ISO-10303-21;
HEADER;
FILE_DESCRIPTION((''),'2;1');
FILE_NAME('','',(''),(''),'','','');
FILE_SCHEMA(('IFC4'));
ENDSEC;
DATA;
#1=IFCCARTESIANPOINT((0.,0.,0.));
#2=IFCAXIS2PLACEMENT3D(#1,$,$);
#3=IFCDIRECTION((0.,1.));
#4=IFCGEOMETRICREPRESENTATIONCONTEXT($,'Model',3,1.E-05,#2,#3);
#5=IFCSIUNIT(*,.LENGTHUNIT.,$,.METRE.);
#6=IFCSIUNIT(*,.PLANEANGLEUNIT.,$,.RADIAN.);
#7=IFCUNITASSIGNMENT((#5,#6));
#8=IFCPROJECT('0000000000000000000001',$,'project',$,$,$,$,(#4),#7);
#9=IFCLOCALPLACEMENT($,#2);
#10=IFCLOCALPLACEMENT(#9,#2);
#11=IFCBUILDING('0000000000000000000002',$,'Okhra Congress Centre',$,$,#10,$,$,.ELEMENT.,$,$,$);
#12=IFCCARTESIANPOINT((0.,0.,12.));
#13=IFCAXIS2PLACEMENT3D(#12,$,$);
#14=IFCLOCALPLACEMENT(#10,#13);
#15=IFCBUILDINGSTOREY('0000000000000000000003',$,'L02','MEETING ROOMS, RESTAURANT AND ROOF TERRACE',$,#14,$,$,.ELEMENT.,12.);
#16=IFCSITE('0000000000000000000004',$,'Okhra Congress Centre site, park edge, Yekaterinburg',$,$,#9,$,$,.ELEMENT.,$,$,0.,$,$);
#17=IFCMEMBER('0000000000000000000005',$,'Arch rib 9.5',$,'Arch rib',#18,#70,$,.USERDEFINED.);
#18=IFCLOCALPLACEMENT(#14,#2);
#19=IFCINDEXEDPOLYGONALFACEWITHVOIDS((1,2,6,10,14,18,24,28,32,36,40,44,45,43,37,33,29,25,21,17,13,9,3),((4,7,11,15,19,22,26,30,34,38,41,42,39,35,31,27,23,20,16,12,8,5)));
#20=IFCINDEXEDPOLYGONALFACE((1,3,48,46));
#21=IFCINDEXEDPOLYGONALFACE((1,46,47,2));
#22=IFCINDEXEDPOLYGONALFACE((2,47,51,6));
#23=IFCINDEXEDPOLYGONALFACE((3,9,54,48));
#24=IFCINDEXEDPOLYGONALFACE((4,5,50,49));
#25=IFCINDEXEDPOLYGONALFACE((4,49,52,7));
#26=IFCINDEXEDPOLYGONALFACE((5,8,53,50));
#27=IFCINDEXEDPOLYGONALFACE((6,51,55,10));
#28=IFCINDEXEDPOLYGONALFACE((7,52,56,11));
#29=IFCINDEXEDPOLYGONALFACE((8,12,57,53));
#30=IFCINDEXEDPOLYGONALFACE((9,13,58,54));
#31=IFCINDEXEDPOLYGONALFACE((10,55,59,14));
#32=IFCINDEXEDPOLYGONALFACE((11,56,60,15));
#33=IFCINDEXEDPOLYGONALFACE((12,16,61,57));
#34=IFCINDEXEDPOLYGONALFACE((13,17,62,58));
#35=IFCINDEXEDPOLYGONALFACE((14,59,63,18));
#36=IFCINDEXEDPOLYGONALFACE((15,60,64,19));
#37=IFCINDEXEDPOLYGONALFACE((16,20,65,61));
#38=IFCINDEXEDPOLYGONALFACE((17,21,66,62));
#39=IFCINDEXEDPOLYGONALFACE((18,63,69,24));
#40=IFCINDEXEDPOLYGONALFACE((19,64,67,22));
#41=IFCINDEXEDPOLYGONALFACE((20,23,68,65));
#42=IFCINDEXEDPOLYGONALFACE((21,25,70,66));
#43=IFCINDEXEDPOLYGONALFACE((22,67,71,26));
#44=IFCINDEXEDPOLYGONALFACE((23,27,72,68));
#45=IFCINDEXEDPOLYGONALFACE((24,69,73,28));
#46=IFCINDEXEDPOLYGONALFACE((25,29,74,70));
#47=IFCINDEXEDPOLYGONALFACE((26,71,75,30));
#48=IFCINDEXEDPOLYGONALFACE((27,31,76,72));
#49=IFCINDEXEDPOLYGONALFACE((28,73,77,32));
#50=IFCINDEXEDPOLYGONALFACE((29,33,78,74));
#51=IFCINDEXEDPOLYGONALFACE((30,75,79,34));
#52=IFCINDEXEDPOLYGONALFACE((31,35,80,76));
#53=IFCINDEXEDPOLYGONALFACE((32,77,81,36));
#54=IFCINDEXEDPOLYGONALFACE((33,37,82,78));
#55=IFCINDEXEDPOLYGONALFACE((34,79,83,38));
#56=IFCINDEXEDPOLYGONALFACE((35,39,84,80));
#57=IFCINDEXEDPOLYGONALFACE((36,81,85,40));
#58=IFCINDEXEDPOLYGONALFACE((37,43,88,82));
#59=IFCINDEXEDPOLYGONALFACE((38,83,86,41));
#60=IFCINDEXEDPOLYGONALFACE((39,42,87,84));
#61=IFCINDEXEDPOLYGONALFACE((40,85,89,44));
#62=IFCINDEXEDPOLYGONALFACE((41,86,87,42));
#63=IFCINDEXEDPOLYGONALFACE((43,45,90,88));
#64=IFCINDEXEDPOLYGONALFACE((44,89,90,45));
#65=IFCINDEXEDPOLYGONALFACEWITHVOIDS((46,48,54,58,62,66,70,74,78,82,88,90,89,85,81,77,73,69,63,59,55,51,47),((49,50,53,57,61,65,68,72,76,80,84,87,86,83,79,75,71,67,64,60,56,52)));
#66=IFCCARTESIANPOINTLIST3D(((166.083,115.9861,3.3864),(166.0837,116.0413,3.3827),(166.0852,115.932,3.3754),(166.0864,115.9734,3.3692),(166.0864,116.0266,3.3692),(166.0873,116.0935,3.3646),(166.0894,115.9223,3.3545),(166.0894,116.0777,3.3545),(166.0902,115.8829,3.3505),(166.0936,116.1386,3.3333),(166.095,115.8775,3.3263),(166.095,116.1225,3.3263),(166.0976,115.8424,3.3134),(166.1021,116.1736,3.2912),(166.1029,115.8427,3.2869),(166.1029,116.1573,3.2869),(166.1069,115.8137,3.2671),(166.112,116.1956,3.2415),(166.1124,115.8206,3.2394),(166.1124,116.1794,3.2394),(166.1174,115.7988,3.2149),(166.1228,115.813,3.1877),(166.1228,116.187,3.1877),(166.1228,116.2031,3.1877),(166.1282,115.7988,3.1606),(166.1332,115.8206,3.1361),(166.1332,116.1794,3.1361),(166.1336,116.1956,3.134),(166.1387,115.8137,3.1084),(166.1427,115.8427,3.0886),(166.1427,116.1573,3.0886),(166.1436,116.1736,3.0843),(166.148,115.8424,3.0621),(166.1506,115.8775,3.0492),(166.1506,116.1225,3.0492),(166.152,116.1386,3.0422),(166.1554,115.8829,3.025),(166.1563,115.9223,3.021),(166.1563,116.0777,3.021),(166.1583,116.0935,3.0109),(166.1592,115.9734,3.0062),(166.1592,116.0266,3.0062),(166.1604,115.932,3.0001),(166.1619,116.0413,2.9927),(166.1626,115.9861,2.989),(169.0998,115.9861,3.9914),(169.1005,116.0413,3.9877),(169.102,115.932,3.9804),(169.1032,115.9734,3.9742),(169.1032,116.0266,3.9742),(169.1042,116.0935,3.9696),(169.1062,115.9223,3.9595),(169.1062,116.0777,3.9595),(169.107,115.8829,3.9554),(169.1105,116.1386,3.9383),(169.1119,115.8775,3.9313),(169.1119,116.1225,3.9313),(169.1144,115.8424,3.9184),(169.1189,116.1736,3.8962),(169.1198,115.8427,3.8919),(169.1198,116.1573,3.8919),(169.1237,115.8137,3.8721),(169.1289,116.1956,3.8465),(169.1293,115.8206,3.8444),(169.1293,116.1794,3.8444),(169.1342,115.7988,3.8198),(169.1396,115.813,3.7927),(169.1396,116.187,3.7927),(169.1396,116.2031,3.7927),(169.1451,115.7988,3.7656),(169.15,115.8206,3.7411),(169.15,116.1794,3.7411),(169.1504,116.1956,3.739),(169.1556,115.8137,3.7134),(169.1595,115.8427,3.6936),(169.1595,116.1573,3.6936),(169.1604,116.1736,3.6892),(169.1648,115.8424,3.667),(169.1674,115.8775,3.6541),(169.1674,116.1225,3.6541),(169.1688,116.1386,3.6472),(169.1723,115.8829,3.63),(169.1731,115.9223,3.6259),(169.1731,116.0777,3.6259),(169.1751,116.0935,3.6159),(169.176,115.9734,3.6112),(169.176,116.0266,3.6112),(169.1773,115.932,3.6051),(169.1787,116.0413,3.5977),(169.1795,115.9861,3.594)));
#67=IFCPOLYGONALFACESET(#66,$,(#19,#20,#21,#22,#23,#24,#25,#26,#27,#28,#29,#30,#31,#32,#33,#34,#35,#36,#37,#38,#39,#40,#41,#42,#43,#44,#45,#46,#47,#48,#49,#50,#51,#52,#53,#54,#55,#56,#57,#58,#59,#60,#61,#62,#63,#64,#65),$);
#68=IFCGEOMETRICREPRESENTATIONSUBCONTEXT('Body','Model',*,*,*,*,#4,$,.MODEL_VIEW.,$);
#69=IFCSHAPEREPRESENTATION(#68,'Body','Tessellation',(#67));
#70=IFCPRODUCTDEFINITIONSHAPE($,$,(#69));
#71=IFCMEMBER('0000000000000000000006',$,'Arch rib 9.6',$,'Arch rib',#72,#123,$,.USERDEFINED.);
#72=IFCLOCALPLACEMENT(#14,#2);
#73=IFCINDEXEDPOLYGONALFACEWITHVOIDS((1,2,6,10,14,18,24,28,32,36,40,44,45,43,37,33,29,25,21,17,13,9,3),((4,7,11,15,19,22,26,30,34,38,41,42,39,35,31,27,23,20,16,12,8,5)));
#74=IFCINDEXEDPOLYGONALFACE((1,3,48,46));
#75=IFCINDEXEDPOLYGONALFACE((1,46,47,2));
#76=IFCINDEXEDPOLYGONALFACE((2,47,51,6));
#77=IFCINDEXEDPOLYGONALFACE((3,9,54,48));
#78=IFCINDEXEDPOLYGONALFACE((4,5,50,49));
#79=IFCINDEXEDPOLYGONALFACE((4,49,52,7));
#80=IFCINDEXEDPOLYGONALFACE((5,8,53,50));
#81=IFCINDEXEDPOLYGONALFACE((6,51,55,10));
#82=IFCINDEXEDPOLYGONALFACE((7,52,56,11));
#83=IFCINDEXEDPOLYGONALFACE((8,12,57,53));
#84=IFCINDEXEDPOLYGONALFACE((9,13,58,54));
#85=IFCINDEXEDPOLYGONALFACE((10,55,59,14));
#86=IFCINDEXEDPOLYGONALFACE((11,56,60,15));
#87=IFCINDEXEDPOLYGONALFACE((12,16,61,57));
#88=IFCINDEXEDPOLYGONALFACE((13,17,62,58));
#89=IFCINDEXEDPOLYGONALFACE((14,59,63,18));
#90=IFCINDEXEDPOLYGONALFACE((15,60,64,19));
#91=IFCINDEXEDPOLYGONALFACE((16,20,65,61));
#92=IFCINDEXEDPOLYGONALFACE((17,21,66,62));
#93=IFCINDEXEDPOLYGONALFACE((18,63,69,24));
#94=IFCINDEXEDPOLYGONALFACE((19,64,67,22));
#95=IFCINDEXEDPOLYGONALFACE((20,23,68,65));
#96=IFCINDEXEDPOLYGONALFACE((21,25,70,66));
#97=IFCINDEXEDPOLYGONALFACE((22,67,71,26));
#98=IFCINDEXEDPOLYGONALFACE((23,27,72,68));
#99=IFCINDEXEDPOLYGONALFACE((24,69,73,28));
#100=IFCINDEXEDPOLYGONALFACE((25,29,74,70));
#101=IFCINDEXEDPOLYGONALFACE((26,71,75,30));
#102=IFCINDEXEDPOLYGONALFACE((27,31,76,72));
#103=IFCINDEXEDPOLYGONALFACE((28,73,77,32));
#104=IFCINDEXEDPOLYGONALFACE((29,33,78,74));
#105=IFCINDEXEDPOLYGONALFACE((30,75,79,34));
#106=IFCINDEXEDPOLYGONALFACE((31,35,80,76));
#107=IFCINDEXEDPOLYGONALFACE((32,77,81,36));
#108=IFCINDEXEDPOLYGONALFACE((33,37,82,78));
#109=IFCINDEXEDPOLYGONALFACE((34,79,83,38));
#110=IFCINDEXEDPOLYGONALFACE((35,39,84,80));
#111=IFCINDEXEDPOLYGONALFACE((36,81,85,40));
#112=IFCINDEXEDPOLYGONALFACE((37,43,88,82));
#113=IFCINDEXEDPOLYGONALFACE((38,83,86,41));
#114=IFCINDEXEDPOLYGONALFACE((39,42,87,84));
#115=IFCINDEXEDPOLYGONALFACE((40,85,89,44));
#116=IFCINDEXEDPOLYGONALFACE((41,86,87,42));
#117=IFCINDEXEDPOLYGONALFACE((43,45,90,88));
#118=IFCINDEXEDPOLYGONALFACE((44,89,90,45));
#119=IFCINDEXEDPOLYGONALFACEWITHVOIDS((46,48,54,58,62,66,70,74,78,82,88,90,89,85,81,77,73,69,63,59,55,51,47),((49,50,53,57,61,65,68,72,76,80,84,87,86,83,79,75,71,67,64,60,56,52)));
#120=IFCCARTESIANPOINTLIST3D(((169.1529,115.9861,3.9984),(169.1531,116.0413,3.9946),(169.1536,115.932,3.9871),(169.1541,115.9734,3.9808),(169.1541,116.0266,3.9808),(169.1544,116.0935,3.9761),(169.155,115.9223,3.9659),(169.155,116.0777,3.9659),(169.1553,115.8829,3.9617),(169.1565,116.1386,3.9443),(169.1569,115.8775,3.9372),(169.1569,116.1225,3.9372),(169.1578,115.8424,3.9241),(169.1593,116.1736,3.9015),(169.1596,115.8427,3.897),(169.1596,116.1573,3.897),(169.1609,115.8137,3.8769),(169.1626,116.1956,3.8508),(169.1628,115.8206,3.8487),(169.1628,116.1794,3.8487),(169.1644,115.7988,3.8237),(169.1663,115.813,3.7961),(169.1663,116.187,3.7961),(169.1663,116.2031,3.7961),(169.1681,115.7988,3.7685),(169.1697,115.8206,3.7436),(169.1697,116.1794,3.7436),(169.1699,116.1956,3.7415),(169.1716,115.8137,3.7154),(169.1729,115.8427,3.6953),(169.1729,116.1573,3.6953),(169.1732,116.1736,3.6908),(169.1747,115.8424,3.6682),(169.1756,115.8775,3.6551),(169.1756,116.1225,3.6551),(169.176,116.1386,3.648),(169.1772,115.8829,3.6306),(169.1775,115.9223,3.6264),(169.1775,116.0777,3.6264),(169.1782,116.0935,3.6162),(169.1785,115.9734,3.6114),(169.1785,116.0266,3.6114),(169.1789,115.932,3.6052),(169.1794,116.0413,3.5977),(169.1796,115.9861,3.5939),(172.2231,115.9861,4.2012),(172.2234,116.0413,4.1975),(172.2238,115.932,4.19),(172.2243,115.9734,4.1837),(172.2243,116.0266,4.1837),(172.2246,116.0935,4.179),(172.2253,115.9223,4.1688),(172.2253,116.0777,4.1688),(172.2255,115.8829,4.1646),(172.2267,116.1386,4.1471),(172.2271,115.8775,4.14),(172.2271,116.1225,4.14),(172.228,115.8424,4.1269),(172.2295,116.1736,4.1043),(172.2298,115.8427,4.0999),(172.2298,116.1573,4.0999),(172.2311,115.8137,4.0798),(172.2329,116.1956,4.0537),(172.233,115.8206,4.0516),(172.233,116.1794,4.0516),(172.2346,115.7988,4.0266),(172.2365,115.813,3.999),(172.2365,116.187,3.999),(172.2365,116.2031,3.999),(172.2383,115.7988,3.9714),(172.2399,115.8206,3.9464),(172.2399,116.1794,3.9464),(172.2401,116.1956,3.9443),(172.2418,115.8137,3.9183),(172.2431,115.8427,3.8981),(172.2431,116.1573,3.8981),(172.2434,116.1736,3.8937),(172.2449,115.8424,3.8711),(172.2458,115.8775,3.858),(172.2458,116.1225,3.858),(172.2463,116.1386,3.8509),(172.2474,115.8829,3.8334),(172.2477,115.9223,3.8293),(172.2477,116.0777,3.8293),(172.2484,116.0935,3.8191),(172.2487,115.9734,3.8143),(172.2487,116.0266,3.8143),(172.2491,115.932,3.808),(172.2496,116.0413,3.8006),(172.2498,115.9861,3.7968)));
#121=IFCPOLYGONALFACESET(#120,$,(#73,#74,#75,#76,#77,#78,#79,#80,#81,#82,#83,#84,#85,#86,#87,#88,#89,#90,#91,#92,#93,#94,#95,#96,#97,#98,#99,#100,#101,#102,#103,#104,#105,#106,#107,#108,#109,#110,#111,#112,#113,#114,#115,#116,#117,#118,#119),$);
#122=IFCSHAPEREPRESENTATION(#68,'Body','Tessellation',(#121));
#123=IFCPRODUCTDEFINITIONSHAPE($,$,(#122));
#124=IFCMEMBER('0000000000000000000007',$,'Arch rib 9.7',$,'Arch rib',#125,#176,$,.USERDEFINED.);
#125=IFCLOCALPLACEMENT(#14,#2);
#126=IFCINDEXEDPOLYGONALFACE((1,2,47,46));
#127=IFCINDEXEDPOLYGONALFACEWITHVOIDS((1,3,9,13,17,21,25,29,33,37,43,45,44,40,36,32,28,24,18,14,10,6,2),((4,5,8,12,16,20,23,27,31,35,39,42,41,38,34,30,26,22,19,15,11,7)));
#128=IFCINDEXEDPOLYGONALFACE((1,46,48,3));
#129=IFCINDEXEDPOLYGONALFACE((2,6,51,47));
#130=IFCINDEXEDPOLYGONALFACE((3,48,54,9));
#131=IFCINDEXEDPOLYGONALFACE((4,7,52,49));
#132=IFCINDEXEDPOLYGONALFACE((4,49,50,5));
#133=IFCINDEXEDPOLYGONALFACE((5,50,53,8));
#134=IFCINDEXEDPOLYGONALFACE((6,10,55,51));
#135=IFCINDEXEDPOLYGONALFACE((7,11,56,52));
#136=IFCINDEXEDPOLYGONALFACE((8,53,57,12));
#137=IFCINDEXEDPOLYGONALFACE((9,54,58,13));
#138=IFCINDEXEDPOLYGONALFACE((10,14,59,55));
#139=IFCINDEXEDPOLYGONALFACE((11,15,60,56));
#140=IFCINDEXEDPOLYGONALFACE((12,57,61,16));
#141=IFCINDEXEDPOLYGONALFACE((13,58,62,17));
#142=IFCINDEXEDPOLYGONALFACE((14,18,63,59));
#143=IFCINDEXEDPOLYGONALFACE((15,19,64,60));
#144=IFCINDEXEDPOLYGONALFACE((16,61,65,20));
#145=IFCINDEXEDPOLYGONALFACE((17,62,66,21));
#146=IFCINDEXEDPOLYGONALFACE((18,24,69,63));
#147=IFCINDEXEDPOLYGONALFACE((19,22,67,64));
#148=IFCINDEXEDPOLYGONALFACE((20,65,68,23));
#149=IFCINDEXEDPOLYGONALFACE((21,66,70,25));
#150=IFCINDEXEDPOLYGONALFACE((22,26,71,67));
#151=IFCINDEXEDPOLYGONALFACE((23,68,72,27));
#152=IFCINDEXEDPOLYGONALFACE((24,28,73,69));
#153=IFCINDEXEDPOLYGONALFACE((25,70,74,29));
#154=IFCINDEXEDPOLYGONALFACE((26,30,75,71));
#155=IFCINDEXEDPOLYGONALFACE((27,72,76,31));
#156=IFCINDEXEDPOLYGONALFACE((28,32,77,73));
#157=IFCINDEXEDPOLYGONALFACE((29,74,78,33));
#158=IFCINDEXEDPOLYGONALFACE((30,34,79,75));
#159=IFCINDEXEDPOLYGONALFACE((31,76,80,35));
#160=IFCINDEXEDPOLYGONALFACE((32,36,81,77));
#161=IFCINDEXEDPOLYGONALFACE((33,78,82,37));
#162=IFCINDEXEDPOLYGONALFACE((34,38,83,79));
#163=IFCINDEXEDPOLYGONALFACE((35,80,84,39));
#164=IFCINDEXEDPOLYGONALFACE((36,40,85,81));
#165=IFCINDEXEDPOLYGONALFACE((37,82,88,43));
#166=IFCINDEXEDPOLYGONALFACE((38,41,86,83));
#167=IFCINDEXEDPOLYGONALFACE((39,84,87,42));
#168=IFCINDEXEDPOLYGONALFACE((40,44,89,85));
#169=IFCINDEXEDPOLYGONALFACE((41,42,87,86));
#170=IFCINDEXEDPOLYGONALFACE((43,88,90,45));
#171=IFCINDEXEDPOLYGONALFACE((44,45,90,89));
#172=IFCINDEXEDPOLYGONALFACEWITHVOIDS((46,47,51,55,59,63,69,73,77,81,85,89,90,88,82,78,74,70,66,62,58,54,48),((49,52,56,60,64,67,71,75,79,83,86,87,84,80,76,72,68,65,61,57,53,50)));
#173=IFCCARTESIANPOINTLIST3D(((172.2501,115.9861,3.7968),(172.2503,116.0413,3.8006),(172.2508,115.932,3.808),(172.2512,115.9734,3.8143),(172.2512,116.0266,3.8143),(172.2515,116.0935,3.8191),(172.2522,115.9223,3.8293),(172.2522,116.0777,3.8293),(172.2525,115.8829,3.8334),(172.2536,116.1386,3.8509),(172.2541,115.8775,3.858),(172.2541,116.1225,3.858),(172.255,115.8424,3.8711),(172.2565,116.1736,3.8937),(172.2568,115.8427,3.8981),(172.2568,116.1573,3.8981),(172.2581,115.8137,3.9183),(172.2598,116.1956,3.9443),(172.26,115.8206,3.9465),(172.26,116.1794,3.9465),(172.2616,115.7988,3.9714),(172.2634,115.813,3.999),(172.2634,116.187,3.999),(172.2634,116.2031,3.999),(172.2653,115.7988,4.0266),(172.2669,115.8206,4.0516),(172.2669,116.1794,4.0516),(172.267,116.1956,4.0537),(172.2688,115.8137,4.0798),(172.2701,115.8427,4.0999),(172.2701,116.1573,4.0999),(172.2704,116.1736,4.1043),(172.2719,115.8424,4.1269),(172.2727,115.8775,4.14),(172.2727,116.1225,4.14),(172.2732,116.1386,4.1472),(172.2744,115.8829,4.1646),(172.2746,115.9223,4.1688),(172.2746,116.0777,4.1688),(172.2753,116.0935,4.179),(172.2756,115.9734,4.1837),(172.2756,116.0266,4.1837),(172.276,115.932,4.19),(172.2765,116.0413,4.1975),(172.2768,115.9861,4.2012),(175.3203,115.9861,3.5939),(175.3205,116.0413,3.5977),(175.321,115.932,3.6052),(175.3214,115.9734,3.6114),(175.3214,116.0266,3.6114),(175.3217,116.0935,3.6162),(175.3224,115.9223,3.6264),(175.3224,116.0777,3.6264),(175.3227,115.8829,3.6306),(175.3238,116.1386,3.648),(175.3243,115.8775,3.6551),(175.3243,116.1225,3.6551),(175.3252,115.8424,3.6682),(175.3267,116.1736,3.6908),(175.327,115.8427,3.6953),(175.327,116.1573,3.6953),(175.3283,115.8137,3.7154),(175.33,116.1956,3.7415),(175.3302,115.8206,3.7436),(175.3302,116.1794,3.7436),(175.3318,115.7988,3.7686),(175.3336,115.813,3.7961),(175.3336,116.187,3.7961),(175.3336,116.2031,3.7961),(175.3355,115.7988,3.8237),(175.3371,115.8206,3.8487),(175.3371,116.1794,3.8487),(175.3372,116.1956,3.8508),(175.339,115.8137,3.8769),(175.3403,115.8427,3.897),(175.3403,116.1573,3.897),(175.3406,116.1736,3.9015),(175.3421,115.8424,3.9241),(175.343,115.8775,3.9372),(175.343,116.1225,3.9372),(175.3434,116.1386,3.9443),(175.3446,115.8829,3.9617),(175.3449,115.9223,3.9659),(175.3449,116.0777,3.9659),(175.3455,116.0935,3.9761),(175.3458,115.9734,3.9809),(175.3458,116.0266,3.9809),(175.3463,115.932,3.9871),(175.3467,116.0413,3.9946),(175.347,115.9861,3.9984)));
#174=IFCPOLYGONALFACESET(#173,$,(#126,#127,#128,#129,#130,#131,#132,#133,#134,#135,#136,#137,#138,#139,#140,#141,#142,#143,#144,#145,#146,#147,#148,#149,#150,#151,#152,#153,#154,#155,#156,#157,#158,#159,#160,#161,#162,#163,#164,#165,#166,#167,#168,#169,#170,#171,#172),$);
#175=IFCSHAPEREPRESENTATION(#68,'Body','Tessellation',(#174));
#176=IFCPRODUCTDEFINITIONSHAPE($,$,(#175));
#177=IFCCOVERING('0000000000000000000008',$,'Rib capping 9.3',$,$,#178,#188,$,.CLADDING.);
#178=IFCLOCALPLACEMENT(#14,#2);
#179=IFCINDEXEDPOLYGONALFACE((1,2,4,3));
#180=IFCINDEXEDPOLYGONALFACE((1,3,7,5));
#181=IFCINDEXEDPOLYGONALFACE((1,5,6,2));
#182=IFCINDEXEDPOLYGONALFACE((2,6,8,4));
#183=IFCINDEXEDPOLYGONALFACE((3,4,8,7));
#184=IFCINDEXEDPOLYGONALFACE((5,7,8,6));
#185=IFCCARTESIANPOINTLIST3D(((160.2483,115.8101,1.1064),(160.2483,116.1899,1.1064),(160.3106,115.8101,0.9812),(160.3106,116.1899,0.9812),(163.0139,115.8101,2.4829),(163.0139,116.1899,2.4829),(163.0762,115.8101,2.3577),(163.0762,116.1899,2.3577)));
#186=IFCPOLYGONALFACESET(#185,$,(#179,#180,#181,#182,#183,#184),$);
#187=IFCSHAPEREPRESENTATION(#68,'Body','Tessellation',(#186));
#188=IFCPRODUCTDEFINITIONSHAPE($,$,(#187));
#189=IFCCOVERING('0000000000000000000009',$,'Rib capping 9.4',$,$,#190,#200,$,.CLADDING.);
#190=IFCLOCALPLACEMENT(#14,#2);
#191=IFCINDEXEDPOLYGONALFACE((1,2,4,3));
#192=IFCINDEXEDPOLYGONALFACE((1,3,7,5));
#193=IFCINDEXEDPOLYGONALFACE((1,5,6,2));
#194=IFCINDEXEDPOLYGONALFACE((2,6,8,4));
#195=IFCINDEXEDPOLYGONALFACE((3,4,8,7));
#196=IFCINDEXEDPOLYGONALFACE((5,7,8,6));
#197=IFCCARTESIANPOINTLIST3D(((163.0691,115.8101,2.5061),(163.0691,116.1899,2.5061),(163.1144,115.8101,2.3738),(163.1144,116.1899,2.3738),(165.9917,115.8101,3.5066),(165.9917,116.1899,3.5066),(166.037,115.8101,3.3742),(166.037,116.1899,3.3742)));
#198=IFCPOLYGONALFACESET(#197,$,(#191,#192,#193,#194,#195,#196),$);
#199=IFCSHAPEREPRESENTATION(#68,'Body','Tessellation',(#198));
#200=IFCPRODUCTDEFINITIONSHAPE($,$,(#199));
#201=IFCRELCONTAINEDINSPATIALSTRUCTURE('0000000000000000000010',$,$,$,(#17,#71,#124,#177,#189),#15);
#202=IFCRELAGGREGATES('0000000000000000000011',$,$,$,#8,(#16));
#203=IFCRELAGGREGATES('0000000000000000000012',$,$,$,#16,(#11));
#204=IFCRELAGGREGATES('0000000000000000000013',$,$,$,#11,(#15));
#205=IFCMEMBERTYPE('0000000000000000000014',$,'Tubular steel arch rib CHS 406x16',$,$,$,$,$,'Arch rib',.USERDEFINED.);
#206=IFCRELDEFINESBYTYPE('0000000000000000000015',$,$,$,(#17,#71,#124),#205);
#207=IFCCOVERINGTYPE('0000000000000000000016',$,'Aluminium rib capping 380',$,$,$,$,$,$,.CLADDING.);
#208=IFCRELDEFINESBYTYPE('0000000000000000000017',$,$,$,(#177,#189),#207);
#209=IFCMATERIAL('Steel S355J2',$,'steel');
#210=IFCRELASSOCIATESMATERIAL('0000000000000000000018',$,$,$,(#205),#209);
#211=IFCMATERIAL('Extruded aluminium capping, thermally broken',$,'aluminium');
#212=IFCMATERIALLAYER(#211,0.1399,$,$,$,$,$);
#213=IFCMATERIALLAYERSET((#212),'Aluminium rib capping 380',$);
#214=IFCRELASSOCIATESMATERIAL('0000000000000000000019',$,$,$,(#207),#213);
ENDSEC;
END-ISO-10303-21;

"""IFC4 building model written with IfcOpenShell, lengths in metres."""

from ifc_helpers import new_model, si_unit, direction, frame, origin, origin_2d, place, context, subcontext, project, spatial, polyline, hollow_circle, outline, extrude, material, layer, layer_set, material_profile, profile_set, type_object, element, save


model = new_model("IFC4")

# Units and contexts
model_context = context("Model", 3, precision=1e-05, world=origin(), true_north=direction((0.0, 1.0)))
body_context = subcontext(model_context, "Body", "Model", "MODEL_VIEW")
ifc_project = project(units=[si_unit("LENGTHUNIT", "METRE"), si_unit("PLANEANGLEUNIT", "RADIAN")], contexts=[model_context])

# Site, building, storey
site_placement = place(None, origin())
site = spatial("IfcSite", under=ifc_project, at=site_placement, Name="Okhra Congress Centre site, park edge, Yekaterinburg", CompositionType="ELEMENT", RefElevation=0.0)
building_placement = place(site_placement, origin())
building = spatial("IfcBuilding", under=site, at=building_placement, Name="Okhra Congress Centre", CompositionType="ELEMENT")
storey_placement = place(building_placement, frame((0.0, 0.0, 12.0)))
storey = spatial("IfcBuildingStorey", under=building, at=storey_placement, Name="L02", Description="MEETING ROOMS, RESTAURANT AND ROOF TERRACE", CompositionType="ELEMENT", Elevation=12.0)

# Members
ifc_material_1 = material(Name="Steel S355J2", Category="steel")
ifc_material_profile_1 = material_profile(ifc_material_1, hollow_circle(Radius=0.2031, WallThickness=0.0161, at=origin_2d()), Name="CHS 406.4x16")
ifc_profile_set_1 = profile_set([ifc_material_profile_1], Name="Steel S355J2")
member_type_1 = type_object("IfcMemberType", Name="Tubular steel arch rib CHS 406x16", ElementType="Arch rib", PredefinedType="USERDEFINED", material=ifc_profile_set_1)
for number, where, z_axis, x_axis, name in (
    (1, (166.1228, 116.0, 3.1877), (0.98048, 0.0, 0.19662), (0.0, 1.0, 0.0), "Arch rib 9.5"),
    (2, (169.1663, 116.0, 3.7961), (0.997824, 0.0, 0.065934), (0.0, 1.0, 0.0), "Arch rib 9.6"),
    (3, (172.2634, 116.0, 3.999), (0.997824, 0.0, -0.065934), (0.0, 1.0, 0.0), "Arch rib 9.7"),
):
    element("IfcMember", number, at=place(storey_placement, frame(where, z_axis=z_axis, x_axis=x_axis)), inside=storey, type_object=member_type_1, Name=name, ObjectType="Arch rib", PredefinedType="USERDEFINED", context=body_context, shape_type="SweptSolid", body=[
        extrude(hollow_circle(Radius=0.2031, WallThickness=0.0161, at=origin_2d()), origin(), (0.0, 0.0, 1.0), 3.0769),
    ])

# Coverings
ifc_material_2 = material(Name="Extruded aluminium capping, thermally broken", Category="aluminium")
ifc_layer = layer(ifc_material_2, 0.1399)
ifc_layer_set = layer_set([ifc_layer], Name="Aluminium rib capping 380")
covering_type = type_object("IfcCoveringType", Name="Aluminium rib capping 380", PredefinedType="CLADDING", material=ifc_layer_set)
covering_1_placement = place(storey_placement, frame((160.2483, 115.8101, 1.1064), z_axis=(-0.445569, 0.0, 0.895248), x_axis=(0.895248, 0.0, 0.445569)))
element("IfcCovering", 4, at=covering_1_placement, inside=storey, type_object=covering_type, Name="Rib capping 9.3", PredefinedType="CLADDING", context=body_context, shape_type="SweptSolid", body=[
    extrude(outline(polyline([(0.0, 0.0), (3.0892, 0.0), (3.0892, 0.3799), (0.0, 0.3799), (0.0, 0.0)])), origin(), (0.0, 0.0, -1.0), 0.1399),
])
covering_2_placement = place(storey_placement, frame((163.0691, 115.8101, 2.5061), z_axis=(-0.323876, 0.0, 0.9461), x_axis=(0.9461, 0.0, 0.323876)))
element("IfcCovering", 5, at=covering_2_placement, inside=storey, type_object=covering_type, Name="Rib capping 9.4", PredefinedType="CLADDING", context=body_context, shape_type="SweptSolid", body=[
    extrude(outline(polyline([(0.0, 0.0), (3.0891, 0.0), (3.0891, 0.3799), (0.0, 0.3799), (0.0, 0.0)])), origin(), (0.0, 0.0, -1.0), 0.1399),
])

save(model, "model.ifc")
